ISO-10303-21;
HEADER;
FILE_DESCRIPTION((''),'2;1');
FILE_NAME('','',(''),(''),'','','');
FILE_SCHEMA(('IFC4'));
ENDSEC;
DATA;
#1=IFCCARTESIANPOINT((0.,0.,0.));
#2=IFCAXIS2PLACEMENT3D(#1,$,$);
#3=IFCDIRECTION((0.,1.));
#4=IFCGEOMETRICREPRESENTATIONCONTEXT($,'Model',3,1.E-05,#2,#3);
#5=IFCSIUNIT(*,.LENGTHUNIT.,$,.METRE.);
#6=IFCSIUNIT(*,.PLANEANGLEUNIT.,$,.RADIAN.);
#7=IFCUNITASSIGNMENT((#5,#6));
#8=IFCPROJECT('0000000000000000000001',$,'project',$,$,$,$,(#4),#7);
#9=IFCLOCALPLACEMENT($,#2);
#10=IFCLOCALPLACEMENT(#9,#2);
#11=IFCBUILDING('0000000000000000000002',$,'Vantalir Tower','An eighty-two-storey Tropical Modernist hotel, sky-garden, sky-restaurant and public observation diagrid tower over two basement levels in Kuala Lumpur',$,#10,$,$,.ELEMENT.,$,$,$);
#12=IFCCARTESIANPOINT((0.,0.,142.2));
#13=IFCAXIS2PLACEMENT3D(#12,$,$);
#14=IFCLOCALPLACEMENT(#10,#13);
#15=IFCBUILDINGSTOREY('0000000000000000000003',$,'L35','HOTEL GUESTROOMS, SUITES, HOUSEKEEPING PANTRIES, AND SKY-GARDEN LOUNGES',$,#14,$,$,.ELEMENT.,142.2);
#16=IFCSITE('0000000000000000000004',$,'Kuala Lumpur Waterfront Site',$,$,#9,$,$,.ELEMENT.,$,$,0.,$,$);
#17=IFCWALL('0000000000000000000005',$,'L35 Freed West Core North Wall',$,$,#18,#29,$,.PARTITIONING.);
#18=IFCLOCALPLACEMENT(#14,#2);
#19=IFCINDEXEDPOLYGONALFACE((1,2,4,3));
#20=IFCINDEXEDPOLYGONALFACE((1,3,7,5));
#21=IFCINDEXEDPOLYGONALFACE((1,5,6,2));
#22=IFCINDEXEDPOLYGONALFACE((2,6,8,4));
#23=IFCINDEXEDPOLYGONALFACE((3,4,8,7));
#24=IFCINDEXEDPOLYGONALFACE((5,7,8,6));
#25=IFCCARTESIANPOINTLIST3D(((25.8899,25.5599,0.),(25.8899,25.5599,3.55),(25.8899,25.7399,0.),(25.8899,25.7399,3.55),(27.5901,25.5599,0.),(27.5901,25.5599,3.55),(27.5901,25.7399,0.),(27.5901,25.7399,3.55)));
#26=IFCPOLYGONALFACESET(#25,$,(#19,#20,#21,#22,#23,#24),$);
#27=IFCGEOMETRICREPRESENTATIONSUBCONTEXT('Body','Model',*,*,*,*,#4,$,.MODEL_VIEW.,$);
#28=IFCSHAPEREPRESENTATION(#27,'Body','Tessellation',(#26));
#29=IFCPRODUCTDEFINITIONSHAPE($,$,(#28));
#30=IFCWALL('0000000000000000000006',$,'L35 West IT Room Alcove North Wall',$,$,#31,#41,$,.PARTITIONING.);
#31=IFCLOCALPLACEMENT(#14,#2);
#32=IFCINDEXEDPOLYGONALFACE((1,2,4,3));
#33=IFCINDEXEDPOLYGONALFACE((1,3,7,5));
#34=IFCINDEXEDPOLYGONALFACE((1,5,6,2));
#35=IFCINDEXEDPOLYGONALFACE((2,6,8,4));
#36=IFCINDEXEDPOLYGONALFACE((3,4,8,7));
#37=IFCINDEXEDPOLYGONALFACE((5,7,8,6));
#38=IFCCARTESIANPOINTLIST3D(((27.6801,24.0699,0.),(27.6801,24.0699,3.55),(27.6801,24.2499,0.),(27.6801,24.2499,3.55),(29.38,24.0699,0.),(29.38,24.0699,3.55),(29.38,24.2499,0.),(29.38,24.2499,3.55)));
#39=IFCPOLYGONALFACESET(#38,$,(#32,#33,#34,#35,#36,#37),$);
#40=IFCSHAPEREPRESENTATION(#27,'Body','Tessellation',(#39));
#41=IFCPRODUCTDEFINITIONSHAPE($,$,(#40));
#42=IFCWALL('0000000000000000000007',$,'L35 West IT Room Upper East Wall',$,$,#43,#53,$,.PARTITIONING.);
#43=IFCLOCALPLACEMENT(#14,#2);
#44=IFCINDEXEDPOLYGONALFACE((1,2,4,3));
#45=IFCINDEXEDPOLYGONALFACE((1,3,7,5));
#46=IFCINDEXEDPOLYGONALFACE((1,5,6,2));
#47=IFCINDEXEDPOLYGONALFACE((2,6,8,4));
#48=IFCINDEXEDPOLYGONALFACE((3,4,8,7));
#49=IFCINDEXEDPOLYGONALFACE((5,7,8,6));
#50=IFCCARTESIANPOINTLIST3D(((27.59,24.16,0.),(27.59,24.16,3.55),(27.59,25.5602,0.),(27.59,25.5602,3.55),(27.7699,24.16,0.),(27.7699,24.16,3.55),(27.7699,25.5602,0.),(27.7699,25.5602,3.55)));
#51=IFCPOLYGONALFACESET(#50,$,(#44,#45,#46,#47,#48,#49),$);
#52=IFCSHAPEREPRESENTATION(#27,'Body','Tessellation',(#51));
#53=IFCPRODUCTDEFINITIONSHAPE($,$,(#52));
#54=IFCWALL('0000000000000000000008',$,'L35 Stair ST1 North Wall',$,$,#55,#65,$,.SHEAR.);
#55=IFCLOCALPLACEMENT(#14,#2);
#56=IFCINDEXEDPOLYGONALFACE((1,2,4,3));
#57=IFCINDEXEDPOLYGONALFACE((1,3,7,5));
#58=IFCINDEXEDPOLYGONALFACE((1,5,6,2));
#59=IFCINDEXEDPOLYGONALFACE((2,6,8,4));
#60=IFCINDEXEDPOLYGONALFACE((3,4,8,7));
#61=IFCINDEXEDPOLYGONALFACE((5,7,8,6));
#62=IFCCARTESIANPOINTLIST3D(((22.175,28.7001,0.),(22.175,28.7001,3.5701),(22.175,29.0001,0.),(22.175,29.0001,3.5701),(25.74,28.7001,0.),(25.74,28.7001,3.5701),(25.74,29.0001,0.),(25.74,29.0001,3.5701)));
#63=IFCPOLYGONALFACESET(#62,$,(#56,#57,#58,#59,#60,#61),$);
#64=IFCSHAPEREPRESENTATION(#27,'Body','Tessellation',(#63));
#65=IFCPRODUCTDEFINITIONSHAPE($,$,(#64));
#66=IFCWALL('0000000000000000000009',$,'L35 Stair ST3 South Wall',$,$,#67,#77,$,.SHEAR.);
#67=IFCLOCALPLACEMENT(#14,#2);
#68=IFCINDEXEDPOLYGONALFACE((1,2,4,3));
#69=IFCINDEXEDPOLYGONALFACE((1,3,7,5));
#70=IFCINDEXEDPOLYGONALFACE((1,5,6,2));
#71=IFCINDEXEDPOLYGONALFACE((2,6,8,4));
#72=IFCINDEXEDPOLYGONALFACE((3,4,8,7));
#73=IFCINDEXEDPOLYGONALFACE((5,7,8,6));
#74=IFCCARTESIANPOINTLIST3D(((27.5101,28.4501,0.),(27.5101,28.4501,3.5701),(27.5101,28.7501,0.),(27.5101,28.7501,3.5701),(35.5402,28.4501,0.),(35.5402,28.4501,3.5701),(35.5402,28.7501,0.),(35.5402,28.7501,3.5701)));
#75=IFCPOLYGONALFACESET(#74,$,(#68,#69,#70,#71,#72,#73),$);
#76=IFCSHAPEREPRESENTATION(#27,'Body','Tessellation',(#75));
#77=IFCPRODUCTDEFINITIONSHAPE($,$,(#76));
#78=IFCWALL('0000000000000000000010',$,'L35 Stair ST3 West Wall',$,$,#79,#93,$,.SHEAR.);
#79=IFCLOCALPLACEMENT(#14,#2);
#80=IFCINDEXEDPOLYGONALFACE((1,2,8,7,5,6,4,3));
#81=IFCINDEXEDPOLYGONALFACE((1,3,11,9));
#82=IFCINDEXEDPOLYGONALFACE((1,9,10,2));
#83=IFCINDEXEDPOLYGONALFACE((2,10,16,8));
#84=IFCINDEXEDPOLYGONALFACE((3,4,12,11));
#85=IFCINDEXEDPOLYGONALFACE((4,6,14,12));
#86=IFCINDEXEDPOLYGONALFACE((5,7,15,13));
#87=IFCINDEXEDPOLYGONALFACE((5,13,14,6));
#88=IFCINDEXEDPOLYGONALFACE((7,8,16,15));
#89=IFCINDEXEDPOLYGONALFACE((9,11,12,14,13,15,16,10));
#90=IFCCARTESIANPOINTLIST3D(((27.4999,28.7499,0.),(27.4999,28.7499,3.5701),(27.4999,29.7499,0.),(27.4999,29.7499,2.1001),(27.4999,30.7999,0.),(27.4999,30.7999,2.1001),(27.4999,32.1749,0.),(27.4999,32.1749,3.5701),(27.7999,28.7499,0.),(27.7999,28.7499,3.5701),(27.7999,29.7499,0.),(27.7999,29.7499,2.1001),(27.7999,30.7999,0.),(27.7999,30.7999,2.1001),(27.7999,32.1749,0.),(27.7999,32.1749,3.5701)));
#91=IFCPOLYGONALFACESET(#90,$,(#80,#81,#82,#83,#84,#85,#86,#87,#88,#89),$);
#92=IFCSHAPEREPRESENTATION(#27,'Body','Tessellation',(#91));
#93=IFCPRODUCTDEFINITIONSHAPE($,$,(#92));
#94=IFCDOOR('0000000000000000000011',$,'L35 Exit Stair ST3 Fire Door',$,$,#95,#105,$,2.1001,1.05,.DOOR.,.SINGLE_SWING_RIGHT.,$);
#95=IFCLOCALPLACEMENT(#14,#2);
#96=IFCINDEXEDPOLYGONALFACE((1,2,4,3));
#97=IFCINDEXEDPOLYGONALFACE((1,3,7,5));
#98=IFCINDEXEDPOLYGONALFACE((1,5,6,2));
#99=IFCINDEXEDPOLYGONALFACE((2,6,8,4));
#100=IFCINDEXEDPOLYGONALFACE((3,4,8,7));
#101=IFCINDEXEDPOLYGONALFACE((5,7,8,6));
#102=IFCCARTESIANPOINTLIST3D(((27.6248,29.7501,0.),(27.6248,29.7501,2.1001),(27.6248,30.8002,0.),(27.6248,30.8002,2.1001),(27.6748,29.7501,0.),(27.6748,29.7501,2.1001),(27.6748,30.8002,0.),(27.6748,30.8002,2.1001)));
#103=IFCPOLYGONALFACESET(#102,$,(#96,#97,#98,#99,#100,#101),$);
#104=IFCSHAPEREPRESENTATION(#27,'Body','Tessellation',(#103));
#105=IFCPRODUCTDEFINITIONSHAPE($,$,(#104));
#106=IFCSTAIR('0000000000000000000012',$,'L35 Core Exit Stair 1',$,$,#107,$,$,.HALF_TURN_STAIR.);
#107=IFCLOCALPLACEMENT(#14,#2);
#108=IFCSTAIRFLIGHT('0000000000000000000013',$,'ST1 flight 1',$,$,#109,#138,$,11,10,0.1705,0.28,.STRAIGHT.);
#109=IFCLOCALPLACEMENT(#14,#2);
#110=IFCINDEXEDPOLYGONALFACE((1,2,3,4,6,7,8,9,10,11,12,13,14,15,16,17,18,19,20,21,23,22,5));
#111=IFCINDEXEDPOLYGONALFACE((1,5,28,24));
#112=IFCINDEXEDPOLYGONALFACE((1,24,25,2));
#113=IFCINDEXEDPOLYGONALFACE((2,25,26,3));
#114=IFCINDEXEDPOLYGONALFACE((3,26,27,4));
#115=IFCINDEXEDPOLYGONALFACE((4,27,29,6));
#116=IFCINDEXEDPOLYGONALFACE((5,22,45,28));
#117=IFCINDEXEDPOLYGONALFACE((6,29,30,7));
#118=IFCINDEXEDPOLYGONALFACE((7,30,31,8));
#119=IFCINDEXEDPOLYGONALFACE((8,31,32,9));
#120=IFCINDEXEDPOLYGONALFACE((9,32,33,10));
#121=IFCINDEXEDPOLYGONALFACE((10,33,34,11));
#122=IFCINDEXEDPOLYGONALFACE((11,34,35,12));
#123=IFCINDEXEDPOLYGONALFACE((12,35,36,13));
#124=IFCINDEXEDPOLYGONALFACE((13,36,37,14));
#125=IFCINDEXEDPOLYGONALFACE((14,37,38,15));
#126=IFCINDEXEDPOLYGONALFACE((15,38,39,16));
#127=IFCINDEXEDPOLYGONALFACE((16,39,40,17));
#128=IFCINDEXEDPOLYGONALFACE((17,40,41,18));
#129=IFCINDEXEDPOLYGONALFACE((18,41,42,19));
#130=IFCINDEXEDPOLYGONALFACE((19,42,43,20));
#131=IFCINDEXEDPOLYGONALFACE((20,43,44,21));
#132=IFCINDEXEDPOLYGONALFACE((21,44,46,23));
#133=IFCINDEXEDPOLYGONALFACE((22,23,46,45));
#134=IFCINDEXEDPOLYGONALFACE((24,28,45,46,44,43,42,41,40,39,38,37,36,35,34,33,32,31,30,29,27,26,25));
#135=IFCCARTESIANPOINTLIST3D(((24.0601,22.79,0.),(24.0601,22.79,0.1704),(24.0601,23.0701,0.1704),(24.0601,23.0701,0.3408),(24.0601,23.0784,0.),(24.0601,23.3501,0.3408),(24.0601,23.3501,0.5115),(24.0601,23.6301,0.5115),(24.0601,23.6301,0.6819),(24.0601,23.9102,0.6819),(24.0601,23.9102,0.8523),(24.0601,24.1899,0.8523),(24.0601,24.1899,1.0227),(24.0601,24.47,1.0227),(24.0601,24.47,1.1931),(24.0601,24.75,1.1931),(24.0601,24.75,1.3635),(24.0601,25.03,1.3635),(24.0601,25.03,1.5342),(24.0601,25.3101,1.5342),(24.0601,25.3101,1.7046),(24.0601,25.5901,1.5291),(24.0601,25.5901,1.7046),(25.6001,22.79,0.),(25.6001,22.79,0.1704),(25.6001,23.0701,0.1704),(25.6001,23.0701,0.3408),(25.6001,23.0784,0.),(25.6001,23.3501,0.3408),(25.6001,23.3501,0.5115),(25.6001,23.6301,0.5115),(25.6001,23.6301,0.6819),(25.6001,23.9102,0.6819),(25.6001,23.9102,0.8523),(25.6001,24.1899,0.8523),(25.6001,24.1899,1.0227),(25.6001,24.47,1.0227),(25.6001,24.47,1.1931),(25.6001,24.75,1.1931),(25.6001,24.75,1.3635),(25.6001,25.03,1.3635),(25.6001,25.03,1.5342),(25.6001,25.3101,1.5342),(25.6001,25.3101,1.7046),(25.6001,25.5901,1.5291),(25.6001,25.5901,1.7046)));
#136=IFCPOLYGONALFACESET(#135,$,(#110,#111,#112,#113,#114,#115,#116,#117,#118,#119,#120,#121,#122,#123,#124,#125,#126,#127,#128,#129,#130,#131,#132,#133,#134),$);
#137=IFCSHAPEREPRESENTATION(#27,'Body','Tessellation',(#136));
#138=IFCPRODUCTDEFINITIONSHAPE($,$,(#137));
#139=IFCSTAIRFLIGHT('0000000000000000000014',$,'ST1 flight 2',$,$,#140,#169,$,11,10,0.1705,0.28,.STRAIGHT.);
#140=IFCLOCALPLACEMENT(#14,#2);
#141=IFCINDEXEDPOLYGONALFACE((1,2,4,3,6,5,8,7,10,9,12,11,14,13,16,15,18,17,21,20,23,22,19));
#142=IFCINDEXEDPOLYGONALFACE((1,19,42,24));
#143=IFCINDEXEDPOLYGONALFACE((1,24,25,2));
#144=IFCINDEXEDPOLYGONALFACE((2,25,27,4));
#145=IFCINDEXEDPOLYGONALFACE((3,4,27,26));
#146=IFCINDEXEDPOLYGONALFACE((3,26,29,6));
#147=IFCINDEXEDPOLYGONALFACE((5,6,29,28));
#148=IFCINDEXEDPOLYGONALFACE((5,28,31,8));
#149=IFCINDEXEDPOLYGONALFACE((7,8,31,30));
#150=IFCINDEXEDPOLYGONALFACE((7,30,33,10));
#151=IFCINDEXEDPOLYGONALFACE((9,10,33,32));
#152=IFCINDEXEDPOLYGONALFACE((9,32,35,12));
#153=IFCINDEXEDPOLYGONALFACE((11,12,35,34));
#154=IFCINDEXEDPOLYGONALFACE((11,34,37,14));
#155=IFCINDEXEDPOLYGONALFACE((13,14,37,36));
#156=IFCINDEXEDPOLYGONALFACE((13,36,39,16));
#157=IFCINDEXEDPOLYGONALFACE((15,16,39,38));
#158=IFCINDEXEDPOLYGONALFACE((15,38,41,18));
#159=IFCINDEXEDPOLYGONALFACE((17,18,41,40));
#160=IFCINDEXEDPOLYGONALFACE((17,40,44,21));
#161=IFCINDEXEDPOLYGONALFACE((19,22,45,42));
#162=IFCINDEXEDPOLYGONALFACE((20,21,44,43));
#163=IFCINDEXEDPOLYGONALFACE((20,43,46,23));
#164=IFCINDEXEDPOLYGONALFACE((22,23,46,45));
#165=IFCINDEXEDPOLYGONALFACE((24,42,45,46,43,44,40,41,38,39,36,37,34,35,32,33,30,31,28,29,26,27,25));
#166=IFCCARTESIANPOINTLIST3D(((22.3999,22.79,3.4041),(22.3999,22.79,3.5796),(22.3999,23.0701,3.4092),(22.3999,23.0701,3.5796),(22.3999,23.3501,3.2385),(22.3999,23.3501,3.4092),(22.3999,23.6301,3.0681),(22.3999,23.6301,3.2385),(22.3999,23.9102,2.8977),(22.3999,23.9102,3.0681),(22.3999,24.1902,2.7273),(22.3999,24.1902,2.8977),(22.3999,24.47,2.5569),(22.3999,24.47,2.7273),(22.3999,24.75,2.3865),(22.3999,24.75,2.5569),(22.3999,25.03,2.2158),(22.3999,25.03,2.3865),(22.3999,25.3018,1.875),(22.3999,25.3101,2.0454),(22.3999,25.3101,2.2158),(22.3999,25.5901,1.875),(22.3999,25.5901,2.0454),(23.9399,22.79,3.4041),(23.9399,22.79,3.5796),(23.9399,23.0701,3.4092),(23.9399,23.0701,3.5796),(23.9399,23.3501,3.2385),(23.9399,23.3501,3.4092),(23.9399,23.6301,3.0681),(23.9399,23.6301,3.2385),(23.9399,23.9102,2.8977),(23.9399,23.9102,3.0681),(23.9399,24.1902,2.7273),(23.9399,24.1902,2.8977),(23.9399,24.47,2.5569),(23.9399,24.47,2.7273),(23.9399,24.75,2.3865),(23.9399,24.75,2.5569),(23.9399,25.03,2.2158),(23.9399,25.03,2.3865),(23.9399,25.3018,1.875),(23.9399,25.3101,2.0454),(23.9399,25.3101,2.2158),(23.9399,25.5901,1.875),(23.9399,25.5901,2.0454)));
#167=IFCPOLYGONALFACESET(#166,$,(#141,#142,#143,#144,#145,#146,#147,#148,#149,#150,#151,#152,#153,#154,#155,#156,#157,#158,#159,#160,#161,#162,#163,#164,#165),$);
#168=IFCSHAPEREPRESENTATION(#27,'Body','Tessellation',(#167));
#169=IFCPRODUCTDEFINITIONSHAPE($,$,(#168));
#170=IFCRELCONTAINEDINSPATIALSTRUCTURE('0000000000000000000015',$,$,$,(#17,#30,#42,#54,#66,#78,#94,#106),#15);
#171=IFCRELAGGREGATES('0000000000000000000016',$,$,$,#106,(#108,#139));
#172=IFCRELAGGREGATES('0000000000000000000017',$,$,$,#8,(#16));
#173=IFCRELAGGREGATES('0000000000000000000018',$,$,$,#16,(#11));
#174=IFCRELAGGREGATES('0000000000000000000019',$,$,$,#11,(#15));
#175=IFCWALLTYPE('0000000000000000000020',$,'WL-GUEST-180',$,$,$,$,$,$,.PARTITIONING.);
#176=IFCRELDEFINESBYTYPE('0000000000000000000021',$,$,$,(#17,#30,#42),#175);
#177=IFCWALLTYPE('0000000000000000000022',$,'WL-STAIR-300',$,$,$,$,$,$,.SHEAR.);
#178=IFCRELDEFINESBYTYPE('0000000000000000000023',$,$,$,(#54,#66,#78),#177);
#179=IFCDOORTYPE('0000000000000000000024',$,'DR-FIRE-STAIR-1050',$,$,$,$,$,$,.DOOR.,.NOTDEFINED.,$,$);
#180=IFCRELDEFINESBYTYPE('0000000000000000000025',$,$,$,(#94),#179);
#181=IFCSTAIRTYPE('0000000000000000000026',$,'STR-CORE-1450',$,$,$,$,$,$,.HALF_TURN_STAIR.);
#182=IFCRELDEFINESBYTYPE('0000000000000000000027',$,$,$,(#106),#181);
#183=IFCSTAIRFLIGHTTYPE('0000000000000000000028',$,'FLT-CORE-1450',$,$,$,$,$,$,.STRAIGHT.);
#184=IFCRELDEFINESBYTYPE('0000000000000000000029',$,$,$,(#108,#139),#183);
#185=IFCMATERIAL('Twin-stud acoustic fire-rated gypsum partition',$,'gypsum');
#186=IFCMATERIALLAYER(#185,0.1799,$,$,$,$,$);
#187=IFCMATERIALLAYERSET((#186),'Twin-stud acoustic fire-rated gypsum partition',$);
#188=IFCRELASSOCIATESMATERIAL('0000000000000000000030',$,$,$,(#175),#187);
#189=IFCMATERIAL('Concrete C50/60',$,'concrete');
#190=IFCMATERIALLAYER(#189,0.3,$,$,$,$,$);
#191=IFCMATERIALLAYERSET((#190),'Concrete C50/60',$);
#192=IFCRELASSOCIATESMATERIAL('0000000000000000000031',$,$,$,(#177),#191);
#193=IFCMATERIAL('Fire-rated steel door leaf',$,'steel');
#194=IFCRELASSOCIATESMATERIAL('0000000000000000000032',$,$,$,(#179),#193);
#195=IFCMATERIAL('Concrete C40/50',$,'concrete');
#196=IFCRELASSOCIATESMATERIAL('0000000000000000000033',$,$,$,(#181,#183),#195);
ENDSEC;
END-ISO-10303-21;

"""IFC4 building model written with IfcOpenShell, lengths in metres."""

from ifc_helpers import new_model, si_unit, direction, frame, frame_2d, origin, place, context, subcontext, project, spatial, polyline, rectangle, outline, extrude, material, layer, layer_set, type_object, element, fill, aggregate, save


model = new_model("IFC4")

# Units and contexts
model_context = context("Model", 3, precision=1e-05, world=origin(), true_north=direction((0.0, 1.0)))
body_context = subcontext(model_context, "Body", "Model", "MODEL_VIEW")
ifc_project = project(units=[si_unit("LENGTHUNIT", "METRE"), si_unit("PLANEANGLEUNIT", "RADIAN")], contexts=[model_context])

# Site, building, storey
site_placement = place(None, origin())
site = spatial("IfcSite", under=ifc_project, at=site_placement, Name="Kuala Lumpur Waterfront Site", CompositionType="ELEMENT", RefElevation=0.0)
building_placement = place(site_placement, origin())
building = spatial("IfcBuilding", under=site, at=building_placement, Name="Vantalir Tower", Description="An eighty-two-storey Tropical Modernist hotel, sky-garden, sky-restaurant and public observation diagrid tower over two basement levels in Kuala Lumpur", CompositionType="ELEMENT")
storey_placement = place(building_placement, frame((0.0, 0.0, 142.2)))
storey = spatial("IfcBuildingStorey", under=building, at=storey_placement, Name="L35", Description="HOTEL GUESTROOMS, SUITES, HOUSEKEEPING PANTRIES, AND SKY-GARDEN LOUNGES", CompositionType="ELEMENT", Elevation=142.2)

# Walls
ifc_material_1 = material(Name="Twin-stud acoustic fire-rated gypsum partition", Category="gypsum")
ifc_layer_1 = layer(ifc_material_1, 0.1799)
ifc_layer_set_1 = layer_set([ifc_layer_1], Name="Twin-stud acoustic fire-rated gypsum partition")
wall_type_1 = type_object("IfcWallType", Name="WL-GUEST-180", PredefinedType="PARTITIONING", material=ifc_layer_set_1)
wall_1_placement = place(storey_placement, frame((25.8899, 25.6499, 0.0), z_axis=(0.0, 0.0, 1.0), x_axis=(1.0, 0.0, 0.0)))
element("IfcWall", 1, at=wall_1_placement, inside=storey, type_object=wall_type_1, Name="L35 Freed West Core North Wall", PredefinedType="PARTITIONING", context=body_context, shape_type="SweptSolid", body=[
    extrude(rectangle(XDim=1.7002, YDim=0.1799, at=frame_2d((0.8501, 0.0))), origin(), (0.0, 0.0, 1.0), 3.55),
])
wall_2_placement = place(storey_placement, frame((27.6799, 24.1599, 0.0), z_axis=(0.0, 0.0, 1.0), x_axis=(1.0, 0.0, 0.0)))
element("IfcWall", 2, at=wall_2_placement, inside=storey, type_object=wall_type_1, Name="L35 West IT Room Alcove North Wall", PredefinedType="PARTITIONING", context=body_context, shape_type="SweptSolid", body=[
    extrude(rectangle(XDim=1.7, YDim=0.1799, at=frame_2d((0.8501, 0.0))), origin(), (0.0, 0.0, 1.0), 3.55),
])
wall_3_placement = place(storey_placement, frame((27.6799, 24.1599, 0.0), z_axis=(0.0, 0.0, 1.0), x_axis=(0.0, 1.0, 0.0)))
element("IfcWall", 3, at=wall_3_placement, inside=storey, type_object=wall_type_1, Name="L35 West IT Room Upper East Wall", PredefinedType="PARTITIONING", context=body_context, shape_type="SweptSolid", body=[
    extrude(rectangle(XDim=1.4001, YDim=0.1799, at=frame_2d((0.7002, 0.0))), origin(), (0.0, 0.0, 1.0), 3.55),
])
ifc_material_2 = material(Name="Concrete C50/60", Category="concrete")
ifc_layer_2 = layer(ifc_material_2, 0.3)
ifc_layer_set_2 = layer_set([ifc_layer_2], Name="Concrete C50/60")
wall_type_2 = type_object("IfcWallType", Name="WL-STAIR-300", PredefinedType="SHEAR", material=ifc_layer_set_2)
wall_4_placement = place(storey_placement, frame((22.175, 28.8501, 0.0), z_axis=(0.0, 0.0, 1.0), x_axis=(1.0, 0.0, 0.0)))
element("IfcWall", 4, at=wall_4_placement, inside=storey, type_object=wall_type_2, Name="L35 Stair ST1 North Wall", PredefinedType="SHEAR", context=body_context, shape_type="SweptSolid", body=[
    extrude(rectangle(XDim=3.5649, YDim=0.3, at=frame_2d((1.7825, 0.0))), origin(), (0.0, 0.0, 1.0), 3.5701),
])
wall_5_placement = place(storey_placement, frame((27.51, 28.6001, 0.0), z_axis=(0.0, 0.0, 1.0), x_axis=(1.0, 0.0, 0.0)))
element("IfcWall", 5, at=wall_5_placement, inside=storey, type_object=wall_type_2, Name="L35 Stair ST3 South Wall", PredefinedType="SHEAR", context=body_context, shape_type="SweptSolid", body=[
    extrude(rectangle(XDim=8.03, YDim=0.3, at=frame_2d((4.0151, 0.0))), origin(), (0.0, 0.0, 1.0), 3.5701),
])

# Wall, opening, door
wall_6_placement = place(storey_placement, frame((27.6499, 28.75, 0.0), z_axis=(0.0, 0.0, 1.0), x_axis=(0.0, 1.0, 0.0)))
wall_6 = element("IfcWall", 6, at=wall_6_placement, inside=storey, type_object=wall_type_2, Name="L35 Stair ST3 West Wall", PredefinedType="SHEAR", context=body_context, shape_type="SweptSolid", body=[
    extrude(rectangle(XDim=3.425, YDim=0.3, at=frame_2d((1.7124, 0.0))), origin(), (0.0, 0.0, 1.0), 3.5701),
])
opening_1_placement = place(wall_6_placement, frame((1.0, 0.0, 0.0)))
opening_1 = element("IfcOpeningElement", 7, at=opening_1_placement, cuts=wall_6, PredefinedType="OPENING", context=body_context, shape_type="SweptSolid", body=[
    extrude(rectangle(XDim=1.05, YDim=2.1001, at=frame_2d((0.5249, 1.05))), frame((0.0, 0.1599, 0.0), z_axis=(0.0, -1.0, 0.0), x_axis=(1.0, 0.0, 0.0)), (0.0, 0.0, 1.0), 0.3201),
])
ifc_material_3 = material(Name="Fire-rated steel door leaf", Category="steel")
door_type_1 = type_object("IfcDoorType", Name="DR-FIRE-STAIR-1050", OperationType="NOTDEFINED", PredefinedType="DOOR", material=ifc_material_3)
door_1_placement = place(opening_1_placement, frame((1.05, 0.0, 0.0), z_axis=(0.0, 0.0, 1.0), x_axis=(-1.0, 0.0, 0.0)))
door_1 = element("IfcDoor", 8, at=door_1_placement, inside=storey, type_object=door_type_1, Name="L35 Exit Stair ST3 Fire Door", OperationType="SINGLE_SWING_RIGHT", OverallHeight=2.1001, OverallWidth=1.05, PredefinedType="DOOR", context=body_context, shape_type="SweptSolid", body=[
    extrude(rectangle(XDim=1.05, YDim=2.1001, at=frame_2d((0.5249, 1.05))), frame((0.0, 0.0249, 0.0), z_axis=(0.0, -1.0, 0.0), x_axis=(1.0, 0.0, 0.0)), (0.0, 0.0, 1.0), 0.05),
])
fill(opening_1, door_1)

# Stair, stair flights
ifc_material_4 = material(Name="Concrete C40/50", Category="concrete")
stair_type = type_object("IfcStairType", Name="STR-CORE-1450", PredefinedType="HALF_TURN_STAIR", material=ifc_material_4)
stair_placement = place(storey_placement, origin())
stair = element("IfcStair", 9, at=stair_placement, inside=storey, type_object=stair_type, Name="L35 Core Exit Stair 1", PredefinedType="HALF_TURN_STAIR")
stair_flight_type = type_object("IfcStairFlightType", Name="FLT-CORE-1450", PredefinedType="STRAIGHT", material=ifc_material_4)
stair_flight_1_placement = place(storey_placement, frame((24.8301, 22.79, 0.0), z_axis=(0.0, 0.0, 1.0), x_axis=(0.0, 1.0, 0.0)))
stair_flight_1 = element("IfcStairFlight", 10, at=stair_flight_1_placement, type_object=stair_flight_type, Name="ST1 flight 1", NumberOfRisers=11, NumberOfTreads=10, PredefinedType="STRAIGHT", RiserHeight=0.1705, TreadLength=0.28, context=body_context, shape_type="SweptSolid", body=[
    extrude(outline(polyline([(0.0, 0.0), (0.0, 0.1704), (0.28, 0.1704), (0.28, 0.3408), (0.5601, 0.3408), (0.5601, 0.5115), (0.8401, 0.5115), (0.8401, 0.6819), (1.1201, 0.6819), (1.1201, 0.8523), (1.3999, 0.8523), (1.3999, 1.0227), (1.6799, 1.0227), (1.6799, 1.1931), (1.96, 1.1931), (1.96, 1.3635), (2.24, 1.3635), (2.24, 1.5342), (2.52, 1.5342), (2.52, 1.7046), (2.8, 1.7046), (2.8, 1.875), (2.8, 1.5291), (0.2883, 0.0), (0.0, 0.0)])), frame((0.0, 0.77, 0.0), z_axis=(0.0, -1.0, 0.0), x_axis=(1.0, 0.0, 0.0)), (0.0, 0.0, 1.0), 1.54),
])
stair_flight_2_placement = place(storey_placement, frame((23.1699, 25.5901, 1.875), z_axis=(0.0, 0.0, 1.0), x_axis=(0.0, -1.0, 0.0)))
stair_flight_2 = element("IfcStairFlight", 11, at=stair_flight_2_placement, type_object=stair_flight_type, Name="ST1 flight 2", NumberOfRisers=11, NumberOfTreads=10, PredefinedType="STRAIGHT", RiserHeight=0.1705, TreadLength=0.28, context=body_context, shape_type="SweptSolid", body=[
    extrude(outline(polyline([(0.0, 0.0), (0.0, 0.1704), (0.28, 0.1704), (0.28, 0.3408), (0.5601, 0.3408), (0.5601, 0.5115), (0.8401, 0.5115), (0.8401, 0.6819), (1.1201, 0.6819), (1.1201, 0.8523), (1.3999, 0.8523), (1.3999, 1.0227), (1.6799, 1.0227), (1.6799, 1.1931), (1.96, 1.1931), (1.96, 1.3635), (2.24, 1.3635), (2.24, 1.5342), (2.52, 1.5342), (2.52, 1.7046), (2.8, 1.7046), (2.8, 1.875), (2.8, 1.5291), (0.2883, 0.0), (0.0, 0.0)])), frame((0.0, 0.77, 0.0), z_axis=(0.0, -1.0, 0.0), x_axis=(1.0, 0.0, 0.0)), (0.0, 0.0, 1.0), 1.54),
])
aggregate(stair, [stair_flight_1, stair_flight_2])

save(model, "model.ifc")
